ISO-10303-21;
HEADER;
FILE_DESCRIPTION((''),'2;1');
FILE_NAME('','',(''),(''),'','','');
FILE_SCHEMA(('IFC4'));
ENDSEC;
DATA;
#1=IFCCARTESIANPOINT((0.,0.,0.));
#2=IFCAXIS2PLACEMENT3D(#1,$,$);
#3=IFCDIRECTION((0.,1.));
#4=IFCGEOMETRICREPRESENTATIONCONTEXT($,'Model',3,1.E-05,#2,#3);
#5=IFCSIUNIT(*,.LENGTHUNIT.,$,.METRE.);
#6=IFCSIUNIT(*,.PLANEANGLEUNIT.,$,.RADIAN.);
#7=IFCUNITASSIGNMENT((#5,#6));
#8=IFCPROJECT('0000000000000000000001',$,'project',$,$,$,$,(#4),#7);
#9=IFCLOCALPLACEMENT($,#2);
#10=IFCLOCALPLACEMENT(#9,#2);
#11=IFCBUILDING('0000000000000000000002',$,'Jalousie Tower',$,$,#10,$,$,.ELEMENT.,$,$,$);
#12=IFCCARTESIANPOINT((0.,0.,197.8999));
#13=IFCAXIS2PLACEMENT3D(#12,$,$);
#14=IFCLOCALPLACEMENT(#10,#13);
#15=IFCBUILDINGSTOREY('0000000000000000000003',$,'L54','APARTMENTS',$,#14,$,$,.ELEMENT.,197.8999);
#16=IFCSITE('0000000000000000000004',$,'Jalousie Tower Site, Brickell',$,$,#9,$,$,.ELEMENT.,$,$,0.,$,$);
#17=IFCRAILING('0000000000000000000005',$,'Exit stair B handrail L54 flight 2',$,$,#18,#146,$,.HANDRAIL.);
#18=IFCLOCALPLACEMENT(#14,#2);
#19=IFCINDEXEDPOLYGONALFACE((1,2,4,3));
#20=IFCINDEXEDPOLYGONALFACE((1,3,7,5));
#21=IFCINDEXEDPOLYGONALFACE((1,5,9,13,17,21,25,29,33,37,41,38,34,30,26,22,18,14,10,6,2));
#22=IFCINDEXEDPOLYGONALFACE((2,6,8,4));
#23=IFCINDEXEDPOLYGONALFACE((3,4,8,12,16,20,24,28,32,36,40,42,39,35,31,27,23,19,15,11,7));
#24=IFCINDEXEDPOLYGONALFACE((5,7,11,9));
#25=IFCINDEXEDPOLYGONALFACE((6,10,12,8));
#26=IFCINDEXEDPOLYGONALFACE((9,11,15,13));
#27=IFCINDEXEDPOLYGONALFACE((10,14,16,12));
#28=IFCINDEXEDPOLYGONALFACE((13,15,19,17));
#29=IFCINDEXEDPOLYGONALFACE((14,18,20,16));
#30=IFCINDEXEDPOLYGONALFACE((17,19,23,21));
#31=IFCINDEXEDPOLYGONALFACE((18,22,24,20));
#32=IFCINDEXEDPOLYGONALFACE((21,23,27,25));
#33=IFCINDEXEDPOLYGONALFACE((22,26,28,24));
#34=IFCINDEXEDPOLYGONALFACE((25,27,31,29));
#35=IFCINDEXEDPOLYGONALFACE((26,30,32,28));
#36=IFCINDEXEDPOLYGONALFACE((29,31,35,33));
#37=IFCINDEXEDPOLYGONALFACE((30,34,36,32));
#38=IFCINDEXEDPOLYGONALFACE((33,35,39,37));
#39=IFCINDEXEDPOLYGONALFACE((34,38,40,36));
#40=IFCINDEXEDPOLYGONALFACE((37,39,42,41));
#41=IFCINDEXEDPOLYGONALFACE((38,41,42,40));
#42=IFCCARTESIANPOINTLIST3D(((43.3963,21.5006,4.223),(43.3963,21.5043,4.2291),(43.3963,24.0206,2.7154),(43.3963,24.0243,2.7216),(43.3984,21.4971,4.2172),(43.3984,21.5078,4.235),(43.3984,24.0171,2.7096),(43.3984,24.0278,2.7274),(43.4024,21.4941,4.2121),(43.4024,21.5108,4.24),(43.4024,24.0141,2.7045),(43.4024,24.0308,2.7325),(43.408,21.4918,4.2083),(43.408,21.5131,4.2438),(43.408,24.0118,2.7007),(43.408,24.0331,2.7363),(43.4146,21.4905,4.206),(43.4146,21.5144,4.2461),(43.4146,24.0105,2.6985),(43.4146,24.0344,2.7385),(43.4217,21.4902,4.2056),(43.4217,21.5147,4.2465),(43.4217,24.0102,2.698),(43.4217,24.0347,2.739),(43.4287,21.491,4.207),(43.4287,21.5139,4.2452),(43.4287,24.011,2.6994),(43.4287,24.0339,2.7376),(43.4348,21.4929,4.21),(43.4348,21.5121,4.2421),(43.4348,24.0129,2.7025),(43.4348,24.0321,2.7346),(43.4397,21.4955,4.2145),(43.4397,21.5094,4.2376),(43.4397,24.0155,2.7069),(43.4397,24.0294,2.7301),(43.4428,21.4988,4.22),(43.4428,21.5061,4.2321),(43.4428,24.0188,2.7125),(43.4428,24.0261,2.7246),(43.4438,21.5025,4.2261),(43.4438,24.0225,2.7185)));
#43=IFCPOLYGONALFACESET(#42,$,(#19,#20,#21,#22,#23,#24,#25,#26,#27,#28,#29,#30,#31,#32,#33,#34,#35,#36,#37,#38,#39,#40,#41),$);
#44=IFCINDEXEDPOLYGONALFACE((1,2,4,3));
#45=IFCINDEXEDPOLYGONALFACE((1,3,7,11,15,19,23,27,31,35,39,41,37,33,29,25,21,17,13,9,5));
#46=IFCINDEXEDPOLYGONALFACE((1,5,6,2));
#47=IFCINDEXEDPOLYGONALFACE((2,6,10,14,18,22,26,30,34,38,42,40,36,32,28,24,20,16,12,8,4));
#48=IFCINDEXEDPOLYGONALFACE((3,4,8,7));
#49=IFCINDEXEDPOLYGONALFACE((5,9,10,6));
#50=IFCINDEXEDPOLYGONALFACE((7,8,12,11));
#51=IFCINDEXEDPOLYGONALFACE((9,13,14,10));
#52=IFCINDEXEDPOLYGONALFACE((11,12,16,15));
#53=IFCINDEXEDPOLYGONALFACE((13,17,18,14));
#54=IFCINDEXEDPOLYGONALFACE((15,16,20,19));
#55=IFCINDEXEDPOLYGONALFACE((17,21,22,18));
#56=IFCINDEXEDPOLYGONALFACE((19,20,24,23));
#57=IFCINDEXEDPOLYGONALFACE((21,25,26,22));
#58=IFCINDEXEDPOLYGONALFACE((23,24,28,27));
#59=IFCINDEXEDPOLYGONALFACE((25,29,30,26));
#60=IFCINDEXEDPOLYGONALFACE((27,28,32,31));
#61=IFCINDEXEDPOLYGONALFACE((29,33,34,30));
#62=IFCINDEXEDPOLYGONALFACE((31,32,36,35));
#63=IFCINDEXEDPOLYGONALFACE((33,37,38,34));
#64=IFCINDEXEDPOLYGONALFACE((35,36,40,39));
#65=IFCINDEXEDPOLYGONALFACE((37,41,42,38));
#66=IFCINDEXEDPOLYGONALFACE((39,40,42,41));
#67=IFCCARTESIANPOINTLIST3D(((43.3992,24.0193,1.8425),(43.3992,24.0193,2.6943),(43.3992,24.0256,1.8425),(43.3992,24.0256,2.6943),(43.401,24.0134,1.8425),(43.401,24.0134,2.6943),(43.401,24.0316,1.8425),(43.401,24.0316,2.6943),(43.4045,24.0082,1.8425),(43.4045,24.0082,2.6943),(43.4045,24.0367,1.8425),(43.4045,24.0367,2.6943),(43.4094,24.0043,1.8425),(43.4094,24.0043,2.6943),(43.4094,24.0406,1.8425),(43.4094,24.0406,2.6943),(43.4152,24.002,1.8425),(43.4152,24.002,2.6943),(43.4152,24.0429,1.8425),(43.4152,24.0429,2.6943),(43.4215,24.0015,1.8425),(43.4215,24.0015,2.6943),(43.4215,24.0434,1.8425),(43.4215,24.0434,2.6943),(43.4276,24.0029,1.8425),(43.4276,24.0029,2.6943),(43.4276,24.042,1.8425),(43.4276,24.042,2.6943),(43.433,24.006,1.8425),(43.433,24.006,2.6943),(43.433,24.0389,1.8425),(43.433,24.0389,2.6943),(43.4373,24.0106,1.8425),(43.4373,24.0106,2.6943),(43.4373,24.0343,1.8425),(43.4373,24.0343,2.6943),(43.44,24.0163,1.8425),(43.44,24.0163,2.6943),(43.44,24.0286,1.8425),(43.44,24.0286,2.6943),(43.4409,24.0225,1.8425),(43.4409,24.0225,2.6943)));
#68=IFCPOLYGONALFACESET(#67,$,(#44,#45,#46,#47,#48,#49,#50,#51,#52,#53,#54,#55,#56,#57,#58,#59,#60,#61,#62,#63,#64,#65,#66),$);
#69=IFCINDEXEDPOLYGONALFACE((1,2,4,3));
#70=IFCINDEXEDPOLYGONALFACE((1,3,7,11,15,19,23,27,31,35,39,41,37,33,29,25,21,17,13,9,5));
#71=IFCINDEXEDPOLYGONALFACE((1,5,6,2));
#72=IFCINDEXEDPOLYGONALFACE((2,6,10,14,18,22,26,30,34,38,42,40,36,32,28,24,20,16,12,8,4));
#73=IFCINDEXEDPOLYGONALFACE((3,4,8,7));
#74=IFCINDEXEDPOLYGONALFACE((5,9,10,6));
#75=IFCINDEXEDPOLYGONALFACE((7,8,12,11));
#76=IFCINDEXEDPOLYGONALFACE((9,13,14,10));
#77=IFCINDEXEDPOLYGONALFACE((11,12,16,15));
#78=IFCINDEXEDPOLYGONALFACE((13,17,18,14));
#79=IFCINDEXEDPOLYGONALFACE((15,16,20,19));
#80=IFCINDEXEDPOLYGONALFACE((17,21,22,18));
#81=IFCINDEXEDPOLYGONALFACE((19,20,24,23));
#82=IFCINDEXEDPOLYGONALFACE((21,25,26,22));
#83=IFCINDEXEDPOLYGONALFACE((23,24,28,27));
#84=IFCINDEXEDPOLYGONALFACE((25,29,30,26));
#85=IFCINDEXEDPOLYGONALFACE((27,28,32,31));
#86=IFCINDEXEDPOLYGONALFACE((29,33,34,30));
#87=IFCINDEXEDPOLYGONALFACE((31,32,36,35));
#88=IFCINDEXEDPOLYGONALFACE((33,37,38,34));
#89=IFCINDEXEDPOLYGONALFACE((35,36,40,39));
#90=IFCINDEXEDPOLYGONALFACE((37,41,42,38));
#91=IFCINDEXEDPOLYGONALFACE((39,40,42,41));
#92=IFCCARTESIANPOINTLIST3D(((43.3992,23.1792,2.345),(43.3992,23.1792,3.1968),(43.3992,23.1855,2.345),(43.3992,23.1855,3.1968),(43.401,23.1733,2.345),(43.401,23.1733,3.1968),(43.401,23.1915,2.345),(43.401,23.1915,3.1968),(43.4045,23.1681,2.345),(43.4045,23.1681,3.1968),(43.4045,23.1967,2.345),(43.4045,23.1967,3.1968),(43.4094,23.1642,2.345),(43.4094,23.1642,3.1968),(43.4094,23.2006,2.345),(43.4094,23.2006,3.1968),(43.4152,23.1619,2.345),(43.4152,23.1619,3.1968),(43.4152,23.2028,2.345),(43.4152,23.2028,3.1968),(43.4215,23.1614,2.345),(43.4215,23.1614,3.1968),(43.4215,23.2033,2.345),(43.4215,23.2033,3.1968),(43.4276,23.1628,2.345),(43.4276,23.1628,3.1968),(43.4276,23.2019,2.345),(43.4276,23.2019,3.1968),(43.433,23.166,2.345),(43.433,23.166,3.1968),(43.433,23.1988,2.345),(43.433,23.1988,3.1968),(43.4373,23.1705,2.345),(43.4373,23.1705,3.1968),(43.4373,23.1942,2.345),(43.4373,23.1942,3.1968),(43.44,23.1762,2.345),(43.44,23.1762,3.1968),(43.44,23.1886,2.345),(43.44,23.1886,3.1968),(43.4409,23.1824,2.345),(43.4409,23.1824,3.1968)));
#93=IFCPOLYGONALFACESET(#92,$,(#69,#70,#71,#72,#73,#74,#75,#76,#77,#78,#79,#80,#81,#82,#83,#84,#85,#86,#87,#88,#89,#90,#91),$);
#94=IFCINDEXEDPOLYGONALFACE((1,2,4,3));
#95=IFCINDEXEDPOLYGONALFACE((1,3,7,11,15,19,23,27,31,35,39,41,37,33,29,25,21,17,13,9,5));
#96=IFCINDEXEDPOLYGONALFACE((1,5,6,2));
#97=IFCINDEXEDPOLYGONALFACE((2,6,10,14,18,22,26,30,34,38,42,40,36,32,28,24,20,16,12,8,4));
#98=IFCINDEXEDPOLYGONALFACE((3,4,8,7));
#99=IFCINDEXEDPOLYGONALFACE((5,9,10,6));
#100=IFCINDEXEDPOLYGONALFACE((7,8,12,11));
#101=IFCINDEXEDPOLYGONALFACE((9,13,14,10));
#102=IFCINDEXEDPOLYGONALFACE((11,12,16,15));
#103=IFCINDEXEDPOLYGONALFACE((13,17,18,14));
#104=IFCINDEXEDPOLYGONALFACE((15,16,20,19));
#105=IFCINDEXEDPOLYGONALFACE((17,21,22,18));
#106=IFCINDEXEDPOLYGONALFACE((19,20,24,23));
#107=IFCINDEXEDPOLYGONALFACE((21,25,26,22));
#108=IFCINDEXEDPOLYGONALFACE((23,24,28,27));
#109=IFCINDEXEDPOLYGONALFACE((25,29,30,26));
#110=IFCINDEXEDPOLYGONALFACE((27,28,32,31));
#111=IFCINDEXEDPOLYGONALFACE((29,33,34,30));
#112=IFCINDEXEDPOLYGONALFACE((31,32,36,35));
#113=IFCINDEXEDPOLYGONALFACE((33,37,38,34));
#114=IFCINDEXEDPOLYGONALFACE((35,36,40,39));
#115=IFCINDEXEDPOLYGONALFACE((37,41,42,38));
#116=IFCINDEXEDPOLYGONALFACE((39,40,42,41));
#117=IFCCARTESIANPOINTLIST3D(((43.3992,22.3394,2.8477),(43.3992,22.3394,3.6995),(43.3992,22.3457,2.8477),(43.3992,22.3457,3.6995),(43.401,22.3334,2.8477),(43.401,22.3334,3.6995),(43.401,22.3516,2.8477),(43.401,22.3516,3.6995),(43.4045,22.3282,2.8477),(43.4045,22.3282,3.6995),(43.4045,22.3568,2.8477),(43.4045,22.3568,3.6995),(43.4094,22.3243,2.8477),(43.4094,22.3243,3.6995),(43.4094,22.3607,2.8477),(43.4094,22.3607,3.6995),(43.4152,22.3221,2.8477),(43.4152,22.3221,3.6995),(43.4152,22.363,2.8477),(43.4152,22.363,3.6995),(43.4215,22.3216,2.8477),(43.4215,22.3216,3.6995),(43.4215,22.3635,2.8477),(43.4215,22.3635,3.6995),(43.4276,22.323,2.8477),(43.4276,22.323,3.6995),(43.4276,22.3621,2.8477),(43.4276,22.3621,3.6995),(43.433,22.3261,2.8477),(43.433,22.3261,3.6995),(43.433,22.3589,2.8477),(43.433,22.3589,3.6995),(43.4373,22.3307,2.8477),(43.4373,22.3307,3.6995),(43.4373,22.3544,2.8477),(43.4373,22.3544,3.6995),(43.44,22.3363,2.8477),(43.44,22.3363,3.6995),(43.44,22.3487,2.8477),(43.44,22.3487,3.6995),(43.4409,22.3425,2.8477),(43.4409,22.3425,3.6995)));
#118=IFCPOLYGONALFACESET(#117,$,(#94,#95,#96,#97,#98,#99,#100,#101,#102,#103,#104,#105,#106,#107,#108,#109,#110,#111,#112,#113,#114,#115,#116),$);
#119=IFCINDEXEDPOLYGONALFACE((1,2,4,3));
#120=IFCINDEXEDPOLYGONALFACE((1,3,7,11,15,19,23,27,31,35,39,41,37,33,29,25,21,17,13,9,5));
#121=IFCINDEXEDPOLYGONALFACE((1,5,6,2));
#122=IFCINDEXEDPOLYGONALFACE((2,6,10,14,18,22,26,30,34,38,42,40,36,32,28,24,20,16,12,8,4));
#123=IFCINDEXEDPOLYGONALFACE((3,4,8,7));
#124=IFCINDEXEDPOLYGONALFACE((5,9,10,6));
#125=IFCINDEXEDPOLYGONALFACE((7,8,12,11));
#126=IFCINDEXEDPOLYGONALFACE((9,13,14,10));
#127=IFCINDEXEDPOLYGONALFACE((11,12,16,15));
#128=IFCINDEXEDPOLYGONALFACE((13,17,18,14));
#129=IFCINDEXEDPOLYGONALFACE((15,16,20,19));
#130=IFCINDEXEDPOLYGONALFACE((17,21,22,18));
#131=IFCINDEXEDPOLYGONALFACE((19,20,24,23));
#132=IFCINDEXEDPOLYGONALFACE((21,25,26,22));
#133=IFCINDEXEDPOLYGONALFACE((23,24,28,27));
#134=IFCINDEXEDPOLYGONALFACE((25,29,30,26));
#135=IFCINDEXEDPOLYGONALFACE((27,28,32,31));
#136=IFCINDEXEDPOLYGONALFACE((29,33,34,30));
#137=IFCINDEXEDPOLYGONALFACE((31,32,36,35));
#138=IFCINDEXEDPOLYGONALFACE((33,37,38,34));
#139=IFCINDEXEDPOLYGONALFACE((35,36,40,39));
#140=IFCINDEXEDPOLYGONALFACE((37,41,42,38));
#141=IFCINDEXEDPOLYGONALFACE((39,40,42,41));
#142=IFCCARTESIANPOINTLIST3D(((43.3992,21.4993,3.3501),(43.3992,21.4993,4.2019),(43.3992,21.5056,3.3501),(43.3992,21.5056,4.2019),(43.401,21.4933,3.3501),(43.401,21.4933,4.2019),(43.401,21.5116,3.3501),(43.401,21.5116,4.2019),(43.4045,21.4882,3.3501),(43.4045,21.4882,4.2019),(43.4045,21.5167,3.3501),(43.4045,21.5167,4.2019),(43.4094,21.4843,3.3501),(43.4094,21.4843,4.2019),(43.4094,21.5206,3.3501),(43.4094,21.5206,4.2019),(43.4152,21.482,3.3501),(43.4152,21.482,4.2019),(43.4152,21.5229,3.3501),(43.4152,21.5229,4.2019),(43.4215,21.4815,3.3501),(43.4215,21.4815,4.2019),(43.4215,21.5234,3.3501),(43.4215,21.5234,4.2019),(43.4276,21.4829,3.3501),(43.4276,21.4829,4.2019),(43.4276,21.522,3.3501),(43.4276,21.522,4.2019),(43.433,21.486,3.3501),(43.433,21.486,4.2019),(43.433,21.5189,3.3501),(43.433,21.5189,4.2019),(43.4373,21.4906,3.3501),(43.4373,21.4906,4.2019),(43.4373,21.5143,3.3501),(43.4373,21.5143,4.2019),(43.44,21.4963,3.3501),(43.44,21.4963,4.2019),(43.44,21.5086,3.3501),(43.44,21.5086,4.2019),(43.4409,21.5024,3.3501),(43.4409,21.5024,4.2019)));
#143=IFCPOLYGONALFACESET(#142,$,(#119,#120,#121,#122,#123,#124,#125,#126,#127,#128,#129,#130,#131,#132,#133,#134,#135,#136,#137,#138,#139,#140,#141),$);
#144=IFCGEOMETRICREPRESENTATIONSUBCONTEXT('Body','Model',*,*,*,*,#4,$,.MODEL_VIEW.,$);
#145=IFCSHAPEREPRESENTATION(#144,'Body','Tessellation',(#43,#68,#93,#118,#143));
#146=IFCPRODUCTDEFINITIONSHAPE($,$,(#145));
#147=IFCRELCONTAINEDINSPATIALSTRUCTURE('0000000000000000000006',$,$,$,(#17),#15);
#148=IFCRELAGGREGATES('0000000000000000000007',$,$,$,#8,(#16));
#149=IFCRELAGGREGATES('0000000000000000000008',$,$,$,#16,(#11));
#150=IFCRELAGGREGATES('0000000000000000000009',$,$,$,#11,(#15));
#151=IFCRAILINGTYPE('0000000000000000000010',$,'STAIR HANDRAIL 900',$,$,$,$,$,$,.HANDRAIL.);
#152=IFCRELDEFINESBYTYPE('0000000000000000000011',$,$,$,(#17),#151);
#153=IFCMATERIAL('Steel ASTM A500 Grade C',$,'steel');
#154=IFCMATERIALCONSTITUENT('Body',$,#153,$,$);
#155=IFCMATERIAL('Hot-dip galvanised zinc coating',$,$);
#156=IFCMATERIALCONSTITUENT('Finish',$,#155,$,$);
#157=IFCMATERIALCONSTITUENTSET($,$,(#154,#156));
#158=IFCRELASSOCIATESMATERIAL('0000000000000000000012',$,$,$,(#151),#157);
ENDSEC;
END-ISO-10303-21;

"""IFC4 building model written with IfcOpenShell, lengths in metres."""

from ifc_helpers import new_model, si_unit, direction, frame, origin, origin_2d, place, context, subcontext, project, spatial, circle, extrude, material, constituent, constituent_set, type_object, element, save


model = new_model("IFC4")

# Units and contexts
model_context = context("Model", 3, precision=1e-05, world=origin(), true_north=direction((0.0, 1.0)))
body_context = subcontext(model_context, "Body", "Model", "MODEL_VIEW")
ifc_project = project(units=[si_unit("LENGTHUNIT", "METRE"), si_unit("PLANEANGLEUNIT", "RADIAN")], contexts=[model_context])

# Site, building, storey
site_placement = place(None, origin())
site = spatial("IfcSite", under=ifc_project, at=site_placement, Name="Jalousie Tower Site, Brickell", CompositionType="ELEMENT", RefElevation=0.0)
building_placement = place(site_placement, origin())
building = spatial("IfcBuilding", under=site, at=building_placement, Name="Jalousie Tower", CompositionType="ELEMENT")
storey_placement = place(building_placement, frame((0.0, 0.0, 197.8999)))
storey = spatial("IfcBuildingStorey", under=building, at=storey_placement, Name="L54", Description="APARTMENTS", CompositionType="ELEMENT", Elevation=197.8999)

# Railing
ifc_material_1 = material(Name="Steel ASTM A500 Grade C", Category="steel")
ifc_constituent_1 = constituent(ifc_material_1, Name="Body")
ifc_material_2 = material(Name="Hot-dip galvanised zinc coating")
ifc_constituent_2 = constituent(ifc_material_2, Name="Finish")
ifc_constituent_set_1 = constituent_set(constituents=[ifc_constituent_1, ifc_constituent_2])
railing_type_1 = type_object("IfcRailingType", Name="STAIR HANDRAIL 900", PredefinedType="HANDRAIL", material=ifc_constituent_set_1)
railing_1_placement = place(storey_placement, frame((43.4199, 24.0225, 1.8425)))
element("IfcRailing", 1, at=railing_1_placement, inside=storey, type_object=railing_type_1, Name="Exit stair B handrail L54 flight 2", PredefinedType="HANDRAIL", context=body_context, shape_type="SweptSolid", body=[
    extrude(circle(Radius=0.0239, at=origin_2d()), frame((0.0, 0.0, 0.876), z_axis=(0.0, -0.85816, 0.513383), x_axis=(1.0, 0.0, 0.0)), (0.0, 0.0, 1.0), 2.9365),
    extrude(circle(Radius=0.021, at=origin_2d()), origin(), (0.0, 0.0, 1.0), 0.8518),
    extrude(circle(Radius=0.021, at=origin_2d()), frame((0.0, -0.8401, 0.5024)), (0.0, 0.0, 1.0), 0.8518),
    extrude(circle(Radius=0.021, at=origin_2d()), frame((0.0, -1.6799, 1.0051)), (0.0, 0.0, 1.0), 0.8518),
    extrude(circle(Radius=0.021, at=origin_2d()), frame((0.0, -2.52, 1.5076)), (0.0, 0.0, 1.0), 0.8518),
])

save(model, "model.ifc")
